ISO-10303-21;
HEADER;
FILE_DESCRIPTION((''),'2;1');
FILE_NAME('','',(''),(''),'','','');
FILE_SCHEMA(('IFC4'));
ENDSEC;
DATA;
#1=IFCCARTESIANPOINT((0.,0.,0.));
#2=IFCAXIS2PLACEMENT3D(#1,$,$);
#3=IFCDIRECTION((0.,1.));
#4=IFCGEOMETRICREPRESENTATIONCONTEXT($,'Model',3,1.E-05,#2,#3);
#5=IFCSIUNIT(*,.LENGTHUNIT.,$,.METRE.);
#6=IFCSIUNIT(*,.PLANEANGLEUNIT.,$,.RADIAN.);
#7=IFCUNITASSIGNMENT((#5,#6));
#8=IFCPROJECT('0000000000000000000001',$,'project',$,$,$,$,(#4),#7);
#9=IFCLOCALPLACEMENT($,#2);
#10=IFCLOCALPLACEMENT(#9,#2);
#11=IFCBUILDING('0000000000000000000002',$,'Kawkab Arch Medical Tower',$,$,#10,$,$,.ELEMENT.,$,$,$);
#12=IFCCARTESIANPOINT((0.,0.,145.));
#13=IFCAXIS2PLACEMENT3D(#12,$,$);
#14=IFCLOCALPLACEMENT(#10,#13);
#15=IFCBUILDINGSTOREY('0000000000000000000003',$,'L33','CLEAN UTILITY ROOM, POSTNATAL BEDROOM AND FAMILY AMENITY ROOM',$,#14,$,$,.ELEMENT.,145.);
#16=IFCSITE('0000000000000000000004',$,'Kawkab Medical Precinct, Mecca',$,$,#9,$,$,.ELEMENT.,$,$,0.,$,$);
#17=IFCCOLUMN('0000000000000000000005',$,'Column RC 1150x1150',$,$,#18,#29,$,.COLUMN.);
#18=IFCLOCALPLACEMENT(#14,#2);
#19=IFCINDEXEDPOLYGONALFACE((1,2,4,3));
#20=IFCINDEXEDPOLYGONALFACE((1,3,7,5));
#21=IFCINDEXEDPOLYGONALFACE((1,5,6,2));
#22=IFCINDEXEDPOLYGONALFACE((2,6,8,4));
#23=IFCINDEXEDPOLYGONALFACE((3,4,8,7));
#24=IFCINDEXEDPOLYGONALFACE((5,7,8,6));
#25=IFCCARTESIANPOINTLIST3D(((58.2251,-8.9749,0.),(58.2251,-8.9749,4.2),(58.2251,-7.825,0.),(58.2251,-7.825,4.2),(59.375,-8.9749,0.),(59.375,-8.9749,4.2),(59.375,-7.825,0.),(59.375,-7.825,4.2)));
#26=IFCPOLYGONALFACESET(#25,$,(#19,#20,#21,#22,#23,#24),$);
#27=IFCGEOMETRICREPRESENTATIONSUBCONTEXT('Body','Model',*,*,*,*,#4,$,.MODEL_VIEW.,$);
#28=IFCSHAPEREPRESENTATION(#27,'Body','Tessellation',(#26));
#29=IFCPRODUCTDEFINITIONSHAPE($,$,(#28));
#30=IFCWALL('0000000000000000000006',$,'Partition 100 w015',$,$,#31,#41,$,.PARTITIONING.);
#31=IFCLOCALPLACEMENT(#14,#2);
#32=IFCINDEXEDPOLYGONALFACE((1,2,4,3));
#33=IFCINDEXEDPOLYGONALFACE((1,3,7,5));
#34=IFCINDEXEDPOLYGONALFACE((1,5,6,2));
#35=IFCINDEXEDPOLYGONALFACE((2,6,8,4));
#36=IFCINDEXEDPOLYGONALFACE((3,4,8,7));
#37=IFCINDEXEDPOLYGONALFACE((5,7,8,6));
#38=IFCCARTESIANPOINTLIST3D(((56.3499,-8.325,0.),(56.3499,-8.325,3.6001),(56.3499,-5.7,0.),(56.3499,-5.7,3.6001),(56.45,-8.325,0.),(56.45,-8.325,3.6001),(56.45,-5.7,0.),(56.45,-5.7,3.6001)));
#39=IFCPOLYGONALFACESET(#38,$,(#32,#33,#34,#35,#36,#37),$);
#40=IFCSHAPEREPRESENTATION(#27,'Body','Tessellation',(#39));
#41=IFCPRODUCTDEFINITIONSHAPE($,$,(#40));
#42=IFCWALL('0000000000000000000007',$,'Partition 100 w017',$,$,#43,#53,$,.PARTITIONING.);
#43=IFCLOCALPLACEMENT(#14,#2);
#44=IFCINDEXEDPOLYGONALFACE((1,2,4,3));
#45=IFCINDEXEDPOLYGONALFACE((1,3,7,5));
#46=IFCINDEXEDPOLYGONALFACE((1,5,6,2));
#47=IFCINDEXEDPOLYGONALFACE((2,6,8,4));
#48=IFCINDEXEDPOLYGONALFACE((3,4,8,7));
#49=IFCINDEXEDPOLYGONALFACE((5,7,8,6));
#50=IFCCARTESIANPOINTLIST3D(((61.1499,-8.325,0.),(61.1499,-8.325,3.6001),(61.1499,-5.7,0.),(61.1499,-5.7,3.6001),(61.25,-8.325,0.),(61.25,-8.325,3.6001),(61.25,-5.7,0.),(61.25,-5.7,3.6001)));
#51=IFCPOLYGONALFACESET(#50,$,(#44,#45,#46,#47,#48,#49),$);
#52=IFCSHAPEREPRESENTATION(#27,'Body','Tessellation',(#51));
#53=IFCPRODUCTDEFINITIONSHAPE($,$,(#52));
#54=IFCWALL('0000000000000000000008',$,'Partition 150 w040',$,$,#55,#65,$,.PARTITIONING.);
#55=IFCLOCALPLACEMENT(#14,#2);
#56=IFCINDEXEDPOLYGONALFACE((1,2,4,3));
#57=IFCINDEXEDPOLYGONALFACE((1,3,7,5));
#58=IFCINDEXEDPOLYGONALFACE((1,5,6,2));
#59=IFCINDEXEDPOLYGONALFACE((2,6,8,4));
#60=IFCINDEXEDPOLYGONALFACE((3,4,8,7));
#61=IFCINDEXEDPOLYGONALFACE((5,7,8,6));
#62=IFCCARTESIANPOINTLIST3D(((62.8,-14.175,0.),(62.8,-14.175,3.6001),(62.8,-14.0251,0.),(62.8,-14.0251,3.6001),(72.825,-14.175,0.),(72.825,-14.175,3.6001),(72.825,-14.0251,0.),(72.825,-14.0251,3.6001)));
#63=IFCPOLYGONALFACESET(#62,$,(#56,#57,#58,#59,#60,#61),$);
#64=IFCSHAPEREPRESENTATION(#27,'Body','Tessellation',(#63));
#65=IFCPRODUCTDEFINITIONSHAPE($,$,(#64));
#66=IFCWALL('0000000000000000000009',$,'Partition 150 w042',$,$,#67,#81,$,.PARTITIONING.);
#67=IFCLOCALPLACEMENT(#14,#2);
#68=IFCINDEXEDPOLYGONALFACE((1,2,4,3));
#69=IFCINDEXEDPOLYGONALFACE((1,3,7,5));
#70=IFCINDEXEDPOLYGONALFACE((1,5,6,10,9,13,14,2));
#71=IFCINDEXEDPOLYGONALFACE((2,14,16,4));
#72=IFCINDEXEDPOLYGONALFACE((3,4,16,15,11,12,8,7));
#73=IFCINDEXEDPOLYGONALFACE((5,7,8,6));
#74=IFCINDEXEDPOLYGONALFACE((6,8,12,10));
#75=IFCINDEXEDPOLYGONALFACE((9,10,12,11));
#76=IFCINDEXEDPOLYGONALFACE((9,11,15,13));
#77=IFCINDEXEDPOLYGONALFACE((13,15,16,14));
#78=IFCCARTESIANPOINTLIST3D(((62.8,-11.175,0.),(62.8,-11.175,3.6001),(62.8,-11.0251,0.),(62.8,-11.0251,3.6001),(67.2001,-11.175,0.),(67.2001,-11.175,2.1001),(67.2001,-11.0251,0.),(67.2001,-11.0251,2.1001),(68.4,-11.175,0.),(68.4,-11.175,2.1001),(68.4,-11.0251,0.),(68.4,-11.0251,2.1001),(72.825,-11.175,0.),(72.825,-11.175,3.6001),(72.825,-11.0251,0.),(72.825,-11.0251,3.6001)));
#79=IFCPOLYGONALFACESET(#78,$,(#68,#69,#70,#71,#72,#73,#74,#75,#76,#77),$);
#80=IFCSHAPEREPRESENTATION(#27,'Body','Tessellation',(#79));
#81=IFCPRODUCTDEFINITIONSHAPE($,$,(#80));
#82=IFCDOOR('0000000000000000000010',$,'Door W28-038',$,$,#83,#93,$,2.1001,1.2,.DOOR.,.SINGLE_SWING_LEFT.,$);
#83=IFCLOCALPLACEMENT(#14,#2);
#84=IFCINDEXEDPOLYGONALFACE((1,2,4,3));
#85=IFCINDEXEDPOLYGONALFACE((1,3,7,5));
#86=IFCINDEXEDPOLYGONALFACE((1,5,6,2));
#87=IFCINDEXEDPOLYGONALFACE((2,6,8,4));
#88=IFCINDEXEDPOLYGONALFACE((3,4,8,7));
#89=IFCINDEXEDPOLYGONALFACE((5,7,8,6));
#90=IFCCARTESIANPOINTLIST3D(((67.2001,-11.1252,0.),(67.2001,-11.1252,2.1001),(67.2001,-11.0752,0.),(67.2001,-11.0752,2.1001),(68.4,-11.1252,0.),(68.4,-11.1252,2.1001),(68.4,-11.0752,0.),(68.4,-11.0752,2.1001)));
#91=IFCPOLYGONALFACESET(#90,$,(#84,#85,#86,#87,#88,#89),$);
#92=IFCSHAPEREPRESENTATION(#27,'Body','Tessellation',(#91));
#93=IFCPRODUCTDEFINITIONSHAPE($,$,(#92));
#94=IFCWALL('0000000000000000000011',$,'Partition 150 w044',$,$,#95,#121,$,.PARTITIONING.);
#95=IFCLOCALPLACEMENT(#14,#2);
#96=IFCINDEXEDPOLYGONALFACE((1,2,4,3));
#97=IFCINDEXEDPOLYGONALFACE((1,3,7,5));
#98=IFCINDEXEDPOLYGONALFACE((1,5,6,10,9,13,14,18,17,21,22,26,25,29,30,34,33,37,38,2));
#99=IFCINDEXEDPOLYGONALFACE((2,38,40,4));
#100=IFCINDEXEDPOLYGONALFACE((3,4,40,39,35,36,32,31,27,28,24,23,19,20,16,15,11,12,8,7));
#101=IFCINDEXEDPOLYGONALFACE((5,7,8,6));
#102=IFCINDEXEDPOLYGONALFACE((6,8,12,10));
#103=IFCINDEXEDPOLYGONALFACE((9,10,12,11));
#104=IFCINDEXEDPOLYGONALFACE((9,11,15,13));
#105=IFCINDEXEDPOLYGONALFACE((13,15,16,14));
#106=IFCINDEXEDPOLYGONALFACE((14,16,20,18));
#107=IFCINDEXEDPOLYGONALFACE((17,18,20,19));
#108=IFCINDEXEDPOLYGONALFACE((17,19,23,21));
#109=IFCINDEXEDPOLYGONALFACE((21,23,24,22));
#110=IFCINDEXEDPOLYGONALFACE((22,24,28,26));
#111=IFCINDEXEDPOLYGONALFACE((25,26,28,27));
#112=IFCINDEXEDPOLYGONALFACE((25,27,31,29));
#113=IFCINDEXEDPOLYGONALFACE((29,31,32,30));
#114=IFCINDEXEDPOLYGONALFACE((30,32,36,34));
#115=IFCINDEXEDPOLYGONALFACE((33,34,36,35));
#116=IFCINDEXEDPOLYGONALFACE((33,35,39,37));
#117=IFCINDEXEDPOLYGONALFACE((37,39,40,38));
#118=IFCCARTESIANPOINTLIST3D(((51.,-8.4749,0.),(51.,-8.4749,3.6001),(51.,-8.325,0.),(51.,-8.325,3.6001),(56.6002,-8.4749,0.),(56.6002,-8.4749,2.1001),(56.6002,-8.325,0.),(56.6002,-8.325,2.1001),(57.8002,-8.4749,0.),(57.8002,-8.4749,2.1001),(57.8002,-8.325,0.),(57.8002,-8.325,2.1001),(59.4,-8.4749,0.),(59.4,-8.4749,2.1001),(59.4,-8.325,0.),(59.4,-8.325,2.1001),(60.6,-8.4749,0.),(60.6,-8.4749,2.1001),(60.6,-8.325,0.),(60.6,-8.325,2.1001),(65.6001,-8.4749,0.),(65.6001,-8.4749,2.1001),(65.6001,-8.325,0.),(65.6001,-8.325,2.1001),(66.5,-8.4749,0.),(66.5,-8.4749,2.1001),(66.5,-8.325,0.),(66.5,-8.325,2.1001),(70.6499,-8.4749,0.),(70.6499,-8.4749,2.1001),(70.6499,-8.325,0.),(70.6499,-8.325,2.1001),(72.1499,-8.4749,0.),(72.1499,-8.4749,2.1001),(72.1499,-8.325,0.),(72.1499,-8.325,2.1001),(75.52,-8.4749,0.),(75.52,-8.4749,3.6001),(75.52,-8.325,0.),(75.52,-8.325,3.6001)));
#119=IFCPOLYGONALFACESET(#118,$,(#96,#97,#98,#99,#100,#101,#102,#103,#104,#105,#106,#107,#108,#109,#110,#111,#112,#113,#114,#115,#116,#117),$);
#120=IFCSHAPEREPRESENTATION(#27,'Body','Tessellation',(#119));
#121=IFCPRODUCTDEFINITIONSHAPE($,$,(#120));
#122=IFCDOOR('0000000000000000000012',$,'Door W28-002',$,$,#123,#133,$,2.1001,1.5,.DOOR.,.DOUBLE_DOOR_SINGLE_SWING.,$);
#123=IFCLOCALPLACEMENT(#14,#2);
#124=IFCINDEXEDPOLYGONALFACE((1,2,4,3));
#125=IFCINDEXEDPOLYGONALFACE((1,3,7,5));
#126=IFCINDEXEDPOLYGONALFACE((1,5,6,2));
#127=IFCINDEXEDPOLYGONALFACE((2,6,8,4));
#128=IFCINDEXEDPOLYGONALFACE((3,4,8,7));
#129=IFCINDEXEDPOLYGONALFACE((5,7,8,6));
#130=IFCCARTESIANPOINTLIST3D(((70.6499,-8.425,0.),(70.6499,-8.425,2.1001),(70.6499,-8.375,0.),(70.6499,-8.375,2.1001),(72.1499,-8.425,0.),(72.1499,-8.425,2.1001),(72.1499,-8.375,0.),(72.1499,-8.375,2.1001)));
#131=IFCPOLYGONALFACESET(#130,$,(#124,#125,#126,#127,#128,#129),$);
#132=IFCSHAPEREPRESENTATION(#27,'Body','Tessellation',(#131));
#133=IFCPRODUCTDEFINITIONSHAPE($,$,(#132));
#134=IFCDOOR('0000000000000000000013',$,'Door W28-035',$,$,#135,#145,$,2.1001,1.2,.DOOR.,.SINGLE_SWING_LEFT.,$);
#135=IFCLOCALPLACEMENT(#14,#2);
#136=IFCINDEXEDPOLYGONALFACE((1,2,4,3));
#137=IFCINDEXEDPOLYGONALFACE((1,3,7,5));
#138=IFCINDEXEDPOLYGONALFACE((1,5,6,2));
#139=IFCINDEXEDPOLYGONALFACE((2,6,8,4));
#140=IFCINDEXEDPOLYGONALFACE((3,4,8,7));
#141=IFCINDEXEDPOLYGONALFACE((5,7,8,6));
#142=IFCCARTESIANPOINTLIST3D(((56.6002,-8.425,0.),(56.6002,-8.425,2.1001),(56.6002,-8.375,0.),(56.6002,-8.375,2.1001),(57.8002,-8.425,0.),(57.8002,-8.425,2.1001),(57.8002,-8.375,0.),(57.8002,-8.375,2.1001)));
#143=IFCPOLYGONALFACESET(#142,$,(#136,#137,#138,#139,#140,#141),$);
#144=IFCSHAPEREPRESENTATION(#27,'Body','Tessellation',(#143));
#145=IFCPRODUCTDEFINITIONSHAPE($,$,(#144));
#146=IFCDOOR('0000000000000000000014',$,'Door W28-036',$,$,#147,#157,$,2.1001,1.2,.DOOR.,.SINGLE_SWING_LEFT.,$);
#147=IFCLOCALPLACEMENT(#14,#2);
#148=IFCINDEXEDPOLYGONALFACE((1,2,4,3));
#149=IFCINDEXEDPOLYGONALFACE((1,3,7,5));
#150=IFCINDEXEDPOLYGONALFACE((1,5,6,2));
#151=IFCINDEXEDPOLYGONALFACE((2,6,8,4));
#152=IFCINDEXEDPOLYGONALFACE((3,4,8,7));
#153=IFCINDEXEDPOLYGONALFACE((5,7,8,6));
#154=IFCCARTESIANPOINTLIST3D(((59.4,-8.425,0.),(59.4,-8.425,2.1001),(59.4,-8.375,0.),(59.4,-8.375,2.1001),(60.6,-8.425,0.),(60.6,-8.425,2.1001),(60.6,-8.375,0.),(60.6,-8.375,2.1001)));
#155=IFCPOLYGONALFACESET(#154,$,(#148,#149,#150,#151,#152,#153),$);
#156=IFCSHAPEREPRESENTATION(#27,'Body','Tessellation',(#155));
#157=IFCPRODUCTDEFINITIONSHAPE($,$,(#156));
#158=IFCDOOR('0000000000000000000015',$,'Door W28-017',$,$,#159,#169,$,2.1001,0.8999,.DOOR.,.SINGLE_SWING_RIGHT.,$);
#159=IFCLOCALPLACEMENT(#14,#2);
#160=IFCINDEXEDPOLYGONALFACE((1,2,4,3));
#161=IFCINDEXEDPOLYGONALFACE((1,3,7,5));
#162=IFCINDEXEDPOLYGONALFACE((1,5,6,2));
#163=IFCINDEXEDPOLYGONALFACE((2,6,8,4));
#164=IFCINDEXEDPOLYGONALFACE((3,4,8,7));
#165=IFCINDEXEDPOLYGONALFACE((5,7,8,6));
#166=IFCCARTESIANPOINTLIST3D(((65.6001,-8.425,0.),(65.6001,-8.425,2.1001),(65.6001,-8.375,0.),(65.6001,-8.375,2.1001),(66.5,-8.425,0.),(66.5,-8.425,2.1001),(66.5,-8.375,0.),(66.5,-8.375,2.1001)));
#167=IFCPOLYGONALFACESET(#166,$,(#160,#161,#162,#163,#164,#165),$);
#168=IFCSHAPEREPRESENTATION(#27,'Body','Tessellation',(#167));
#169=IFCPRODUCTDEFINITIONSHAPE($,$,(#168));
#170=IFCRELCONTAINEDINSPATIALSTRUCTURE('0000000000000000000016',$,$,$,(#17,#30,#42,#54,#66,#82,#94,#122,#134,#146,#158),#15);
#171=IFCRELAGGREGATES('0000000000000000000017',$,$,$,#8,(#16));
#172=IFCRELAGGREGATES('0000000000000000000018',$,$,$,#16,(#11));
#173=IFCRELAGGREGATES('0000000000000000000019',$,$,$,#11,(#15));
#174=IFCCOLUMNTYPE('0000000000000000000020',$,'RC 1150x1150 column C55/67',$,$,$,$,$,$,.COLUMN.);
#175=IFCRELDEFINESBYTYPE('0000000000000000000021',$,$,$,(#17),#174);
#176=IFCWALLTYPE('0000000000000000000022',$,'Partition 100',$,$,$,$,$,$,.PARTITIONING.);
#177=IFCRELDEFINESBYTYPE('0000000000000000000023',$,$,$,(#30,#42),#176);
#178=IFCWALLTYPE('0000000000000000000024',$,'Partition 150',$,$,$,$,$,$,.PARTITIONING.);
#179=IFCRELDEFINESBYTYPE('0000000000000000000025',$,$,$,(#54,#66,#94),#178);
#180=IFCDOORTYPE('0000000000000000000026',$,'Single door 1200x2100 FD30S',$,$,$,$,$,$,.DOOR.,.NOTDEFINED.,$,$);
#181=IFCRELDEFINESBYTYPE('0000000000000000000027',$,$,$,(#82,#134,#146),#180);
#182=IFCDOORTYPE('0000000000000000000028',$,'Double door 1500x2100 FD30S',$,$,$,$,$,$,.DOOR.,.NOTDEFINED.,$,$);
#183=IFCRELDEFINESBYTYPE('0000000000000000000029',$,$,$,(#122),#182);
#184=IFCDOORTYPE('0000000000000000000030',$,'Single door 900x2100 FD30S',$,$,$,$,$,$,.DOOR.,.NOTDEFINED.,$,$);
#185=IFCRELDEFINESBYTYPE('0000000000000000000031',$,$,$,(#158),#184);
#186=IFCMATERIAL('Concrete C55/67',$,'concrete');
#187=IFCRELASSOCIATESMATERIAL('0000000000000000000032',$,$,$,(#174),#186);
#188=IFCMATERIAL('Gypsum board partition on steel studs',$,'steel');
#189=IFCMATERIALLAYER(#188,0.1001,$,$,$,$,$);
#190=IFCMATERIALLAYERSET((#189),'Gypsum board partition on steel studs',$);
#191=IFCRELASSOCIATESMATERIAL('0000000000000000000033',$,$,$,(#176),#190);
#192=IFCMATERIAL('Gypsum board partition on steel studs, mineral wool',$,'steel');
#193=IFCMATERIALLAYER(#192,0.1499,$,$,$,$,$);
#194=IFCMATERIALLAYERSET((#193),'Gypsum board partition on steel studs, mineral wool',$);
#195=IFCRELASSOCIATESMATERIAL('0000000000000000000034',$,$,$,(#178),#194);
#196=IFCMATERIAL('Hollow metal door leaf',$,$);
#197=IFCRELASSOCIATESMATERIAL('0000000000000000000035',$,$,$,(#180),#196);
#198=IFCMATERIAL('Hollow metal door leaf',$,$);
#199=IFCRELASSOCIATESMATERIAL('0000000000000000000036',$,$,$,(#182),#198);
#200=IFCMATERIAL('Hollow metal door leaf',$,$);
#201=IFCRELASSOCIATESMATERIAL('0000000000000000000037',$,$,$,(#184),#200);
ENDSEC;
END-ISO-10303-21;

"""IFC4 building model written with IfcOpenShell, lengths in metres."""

from ifc_helpers import new_model, si_unit, direction, frame, frame_2d, origin, origin_2d, place, context, subcontext, project, spatial, rectangle, extrude, material, layer, layer_set, material_profile, profile_set, type_object, element, fill, save


model = new_model("IFC4")

# Units and contexts
model_context = context("Model", 3, precision=1e-05, world=origin(), true_north=direction((0.0, 1.0)))
body_context = subcontext(model_context, "Body", "Model", "MODEL_VIEW")
ifc_project = project(units=[si_unit("LENGTHUNIT", "METRE"), si_unit("PLANEANGLEUNIT", "RADIAN")], contexts=[model_context])

# Site, building, storey
site_placement = place(None, origin())
site = spatial("IfcSite", under=ifc_project, at=site_placement, Name="Kawkab Medical Precinct, Mecca", CompositionType="ELEMENT", RefElevation=0.0)
building_placement = place(site_placement, origin())
building = spatial("IfcBuilding", under=site, at=building_placement, Name="Kawkab Arch Medical Tower", CompositionType="ELEMENT")
storey_placement = place(building_placement, frame((0.0, 0.0, 145.0)))
storey = spatial("IfcBuildingStorey", under=building, at=storey_placement, Name="L33", Description="CLEAN UTILITY ROOM, POSTNATAL BEDROOM AND FAMILY AMENITY ROOM", CompositionType="ELEMENT", Elevation=145.0)

# Column
ifc_material_1 = material(Name="Concrete C55/67", Category="concrete")
ifc_material_profile = material_profile(ifc_material_1, rectangle(XDim=1.1499, YDim=1.1499, at=origin_2d()), Name="RC 1150x1150")
ifc_profile_set = profile_set([ifc_material_profile], Name="Concrete C55/67")
column_type = type_object("IfcColumnType", Name="RC 1150x1150 column C55/67", PredefinedType="COLUMN", material=ifc_profile_set)
column_placement = place(storey_placement, frame((58.8, -8.3999, 0.0), z_axis=(0.0, 0.0, 1.0), x_axis=(1.0, 0.0, 0.0)))
element("IfcColumn", 1, at=column_placement, inside=storey, type_object=column_type, Name="Column RC 1150x1150", PredefinedType="COLUMN", context=body_context, shape_type="SweptSolid", body=[
    extrude(rectangle(XDim=1.1499, YDim=1.1499, at=origin_2d()), origin(), (0.0, 0.0, 1.0), 4.2),
])

# Walls
ifc_material_2 = material(Name="Gypsum board partition on steel studs", Category="steel")
ifc_layer_1 = layer(ifc_material_2, 0.1001)
ifc_layer_set_1 = layer_set([ifc_layer_1], Name="Gypsum board partition on steel studs")
wall_type_1 = type_object("IfcWallType", Name="Partition 100", PredefinedType="PARTITIONING", material=ifc_layer_set_1)
for number, where, z_axis, x_axis, name in (
    (2, (56.3999, -8.325, 0.0), (0.0, 0.0, 1.0), (0.0, 1.0, 0.0), "Partition 100 w015"),
    (3, (61.2, -8.325, 0.0), (0.0, 0.0, 1.0), (0.0, 1.0, 0.0), "Partition 100 w017"),
):
    element("IfcWall", number, at=place(storey_placement, frame(where, z_axis=z_axis, x_axis=x_axis)), inside=storey, type_object=wall_type_1, Name=name, PredefinedType="PARTITIONING", context=body_context, shape_type="SweptSolid", body=[
        extrude(rectangle(XDim=2.625, YDim=0.1001, at=frame_2d((1.3125, 0.0))), origin(), (0.0, 0.0, 1.0), 3.6001),
    ])
ifc_material_3 = material(Name="Gypsum board partition on steel studs, mineral wool", Category="steel")
ifc_layer_2 = layer(ifc_material_3, 0.1499)
ifc_layer_set_2 = layer_set([ifc_layer_2], Name="Gypsum board partition on steel studs, mineral wool")
wall_type_2 = type_object("IfcWallType", Name="Partition 150", PredefinedType="PARTITIONING", material=ifc_layer_set_2)
wall_1_placement = place(storey_placement, frame((62.8, -14.1001, 0.0), z_axis=(0.0, 0.0, 1.0), x_axis=(1.0, 0.0, 0.0)))
element("IfcWall", 4, at=wall_1_placement, inside=storey, type_object=wall_type_2, Name="Partition 150 w040", PredefinedType="PARTITIONING", context=body_context, shape_type="SweptSolid", body=[
    extrude(rectangle(XDim=10.0249, YDim=0.1499, at=frame_2d((5.0125, 0.0))), origin(), (0.0, 0.0, 1.0), 3.6001),
])

# Wall, opening, door
wall_2_placement = place(storey_placement, frame((62.8, -11.1001, 0.0), z_axis=(0.0, 0.0, 1.0), x_axis=(1.0, 0.0, 0.0)))
wall_2 = element("IfcWall", 5, at=wall_2_placement, inside=storey, type_object=wall_type_2, Name="Partition 150 w042", PredefinedType="PARTITIONING", context=body_context, shape_type="SweptSolid", body=[
    extrude(rectangle(XDim=10.0249, YDim=0.1499, at=frame_2d((5.0125, 0.0))), origin(), (0.0, 0.0, 1.0), 3.6001),
])
opening_1_placement = place(wall_2_placement, frame((4.3999, 0.0, 0.0)))
opening_1 = element("IfcOpeningElement", 6, at=opening_1_placement, cuts=wall_2, PredefinedType="OPENING", context=body_context, shape_type="SweptSolid", body=[
    extrude(rectangle(XDim=1.2, YDim=2.1001, at=frame_2d((0.6001, 1.05))), frame((0.0, 0.085, 0.0), z_axis=(0.0, -1.0, 0.0), x_axis=(1.0, 0.0, 0.0)), (0.0, 0.0, 1.0), 0.1699),
])
ifc_material_4 = material(Name="Hollow metal door leaf")
door_type_1 = type_object("IfcDoorType", Name="Single door 1200x2100 FD30S", OperationType="NOTDEFINED", PredefinedType="DOOR", material=ifc_material_4)
door_1_placement = place(opening_1_placement, origin())
door_1 = element("IfcDoor", 7, at=door_1_placement, inside=storey, type_object=door_type_1, Name="Door W28-038", OperationType="SINGLE_SWING_LEFT", OverallHeight=2.1001, OverallWidth=1.2, PredefinedType="DOOR", context=body_context, shape_type="SweptSolid", body=[
    extrude(rectangle(XDim=1.2, YDim=2.1001, at=frame_2d((0.6001, 1.05))), frame((0.0, 0.0249, 0.0), z_axis=(0.0, -1.0, 0.0), x_axis=(1.0, 0.0, 0.0)), (0.0, 0.0, 1.0), 0.05),
])
fill(opening_1, door_1)

# Wall, openings, doors
wall_3_placement = place(storey_placement, frame((51.0, -8.3999, 0.0), z_axis=(0.0, 0.0, 1.0), x_axis=(1.0, 0.0, 0.0)))
wall_3 = element("IfcWall", 8, at=wall_3_placement, inside=storey, type_object=wall_type_2, Name="Partition 150 w044", PredefinedType="PARTITIONING", context=body_context, shape_type="SweptSolid", body=[
    extrude(rectangle(XDim=24.52, YDim=0.1499, at=frame_2d((12.26, 0.0))), origin(), (0.0, 0.0, 1.0), 3.6001),
])
opening_2_placement = place(wall_3_placement, frame((5.6001, 0.0, 0.0)))
opening_2 = element("IfcOpeningElement", 9, at=opening_2_placement, cuts=wall_3, PredefinedType="OPENING", context=body_context, shape_type="SweptSolid", body=[
    extrude(rectangle(XDim=1.2, YDim=2.1001, at=frame_2d((0.6001, 1.05))), frame((0.0, 0.085, 0.0), z_axis=(0.0, -1.0, 0.0), x_axis=(1.0, 0.0, 0.0)), (0.0, 0.0, 1.0), 0.1699),
])
opening_3_placement = place(wall_3_placement, frame((8.3999, 0.0, 0.0)))
opening_3 = element("IfcOpeningElement", 10, at=opening_3_placement, cuts=wall_3, PredefinedType="OPENING", context=body_context, shape_type="SweptSolid", body=[
    extrude(rectangle(XDim=1.2, YDim=2.1001, at=frame_2d((0.6001, 1.05))), frame((0.0, 0.085, 0.0), z_axis=(0.0, -1.0, 0.0), x_axis=(1.0, 0.0, 0.0)), (0.0, 0.0, 1.0), 0.1699),
])
opening_4_placement = place(wall_3_placement, frame((14.6001, 0.0, 0.0)))
opening_4 = element("IfcOpeningElement", 11, at=opening_4_placement, cuts=wall_3, PredefinedType="OPENING", context=body_context, shape_type="SweptSolid", body=[
    extrude(rectangle(XDim=0.8999, YDim=2.1001, at=frame_2d((0.45, 1.05))), frame((0.0, 0.085, 0.0), z_axis=(0.0, -1.0, 0.0), x_axis=(1.0, 0.0, 0.0)), (0.0, 0.0, 1.0), 0.1699),
])
opening_5_placement = place(wall_3_placement, frame((19.6499, 0.0, 0.0)))
opening_5 = element("IfcOpeningElement", 12, at=opening_5_placement, cuts=wall_3, PredefinedType="OPENING", context=body_context, shape_type="SweptSolid", body=[
    extrude(rectangle(XDim=1.5, YDim=2.1001, at=frame_2d((0.75, 1.05))), frame((0.0, 0.085, 0.0), z_axis=(0.0, -1.0, 0.0), x_axis=(1.0, 0.0, 0.0)), (0.0, 0.0, 1.0), 0.1699),
])
ifc_material_5 = material(Name="Hollow metal door leaf")
door_type_2 = type_object("IfcDoorType", Name="Double door 1500x2100 FD30S", OperationType="NOTDEFINED", PredefinedType="DOOR", material=ifc_material_5)
door_2_placement = place(opening_5_placement, origin())
door_2 = element("IfcDoor", 13, at=door_2_placement, inside=storey, type_object=door_type_2, Name="Door W28-002", OperationType="DOUBLE_DOOR_SINGLE_SWING", OverallHeight=2.1001, OverallWidth=1.5, PredefinedType="DOOR", context=body_context, shape_type="SweptSolid", body=[
    extrude(rectangle(XDim=1.5, YDim=2.1001, at=frame_2d((0.75, 1.05))), frame((0.0, 0.0249, 0.0), z_axis=(0.0, -1.0, 0.0), x_axis=(1.0, 0.0, 0.0)), (0.0, 0.0, 1.0), 0.05),
])
fill(opening_5, door_2)
door_3_placement = place(opening_2_placement, origin())
door_3 = element("IfcDoor", 14, at=door_3_placement, inside=storey, type_object=door_type_1, Name="Door W28-035", OperationType="SINGLE_SWING_LEFT", OverallHeight=2.1001, OverallWidth=1.2, PredefinedType="DOOR", context=body_context, shape_type="SweptSolid", body=[
    extrude(rectangle(XDim=1.2, YDim=2.1001, at=frame_2d((0.6001, 1.05))), frame((0.0, 0.0249, 0.0), z_axis=(0.0, -1.0, 0.0), x_axis=(1.0, 0.0, 0.0)), (0.0, 0.0, 1.0), 0.05),
])
fill(opening_2, door_3)
door_4_placement = place(opening_3_placement, origin())
door_4 = element("IfcDoor", 15, at=door_4_placement, inside=storey, type_object=door_type_1, Name="Door W28-036", OperationType="SINGLE_SWING_LEFT", OverallHeight=2.1001, OverallWidth=1.2, PredefinedType="DOOR", context=body_context, shape_type="SweptSolid", body=[
    extrude(rectangle(XDim=1.2, YDim=2.1001, at=frame_2d((0.6001, 1.05))), frame((0.0, 0.0249, 0.0), z_axis=(0.0, -1.0, 0.0), x_axis=(1.0, 0.0, 0.0)), (0.0, 0.0, 1.0), 0.05),
])
fill(opening_3, door_4)
ifc_material_6 = material(Name="Hollow metal door leaf")
door_type_3 = type_object("IfcDoorType", Name="Single door 900x2100 FD30S", OperationType="NOTDEFINED", PredefinedType="DOOR", material=ifc_material_6)
door_5_placement = place(opening_4_placement, origin())
door_5 = element("IfcDoor", 16, at=door_5_placement, inside=storey, type_object=door_type_3, Name="Door W28-017", OperationType="SINGLE_SWING_RIGHT", OverallHeight=2.1001, OverallWidth=0.8999, PredefinedType="DOOR", context=body_context, shape_type="SweptSolid", body=[
    extrude(rectangle(XDim=0.8999, YDim=2.1001, at=frame_2d((0.45, 1.05))), frame((0.0, 0.0249, 0.0), z_axis=(0.0, -1.0, 0.0), x_axis=(1.0, 0.0, 0.0)), (0.0, 0.0, 1.0), 0.05),
])
fill(opening_4, door_5)

save(model, "model.ifc")
